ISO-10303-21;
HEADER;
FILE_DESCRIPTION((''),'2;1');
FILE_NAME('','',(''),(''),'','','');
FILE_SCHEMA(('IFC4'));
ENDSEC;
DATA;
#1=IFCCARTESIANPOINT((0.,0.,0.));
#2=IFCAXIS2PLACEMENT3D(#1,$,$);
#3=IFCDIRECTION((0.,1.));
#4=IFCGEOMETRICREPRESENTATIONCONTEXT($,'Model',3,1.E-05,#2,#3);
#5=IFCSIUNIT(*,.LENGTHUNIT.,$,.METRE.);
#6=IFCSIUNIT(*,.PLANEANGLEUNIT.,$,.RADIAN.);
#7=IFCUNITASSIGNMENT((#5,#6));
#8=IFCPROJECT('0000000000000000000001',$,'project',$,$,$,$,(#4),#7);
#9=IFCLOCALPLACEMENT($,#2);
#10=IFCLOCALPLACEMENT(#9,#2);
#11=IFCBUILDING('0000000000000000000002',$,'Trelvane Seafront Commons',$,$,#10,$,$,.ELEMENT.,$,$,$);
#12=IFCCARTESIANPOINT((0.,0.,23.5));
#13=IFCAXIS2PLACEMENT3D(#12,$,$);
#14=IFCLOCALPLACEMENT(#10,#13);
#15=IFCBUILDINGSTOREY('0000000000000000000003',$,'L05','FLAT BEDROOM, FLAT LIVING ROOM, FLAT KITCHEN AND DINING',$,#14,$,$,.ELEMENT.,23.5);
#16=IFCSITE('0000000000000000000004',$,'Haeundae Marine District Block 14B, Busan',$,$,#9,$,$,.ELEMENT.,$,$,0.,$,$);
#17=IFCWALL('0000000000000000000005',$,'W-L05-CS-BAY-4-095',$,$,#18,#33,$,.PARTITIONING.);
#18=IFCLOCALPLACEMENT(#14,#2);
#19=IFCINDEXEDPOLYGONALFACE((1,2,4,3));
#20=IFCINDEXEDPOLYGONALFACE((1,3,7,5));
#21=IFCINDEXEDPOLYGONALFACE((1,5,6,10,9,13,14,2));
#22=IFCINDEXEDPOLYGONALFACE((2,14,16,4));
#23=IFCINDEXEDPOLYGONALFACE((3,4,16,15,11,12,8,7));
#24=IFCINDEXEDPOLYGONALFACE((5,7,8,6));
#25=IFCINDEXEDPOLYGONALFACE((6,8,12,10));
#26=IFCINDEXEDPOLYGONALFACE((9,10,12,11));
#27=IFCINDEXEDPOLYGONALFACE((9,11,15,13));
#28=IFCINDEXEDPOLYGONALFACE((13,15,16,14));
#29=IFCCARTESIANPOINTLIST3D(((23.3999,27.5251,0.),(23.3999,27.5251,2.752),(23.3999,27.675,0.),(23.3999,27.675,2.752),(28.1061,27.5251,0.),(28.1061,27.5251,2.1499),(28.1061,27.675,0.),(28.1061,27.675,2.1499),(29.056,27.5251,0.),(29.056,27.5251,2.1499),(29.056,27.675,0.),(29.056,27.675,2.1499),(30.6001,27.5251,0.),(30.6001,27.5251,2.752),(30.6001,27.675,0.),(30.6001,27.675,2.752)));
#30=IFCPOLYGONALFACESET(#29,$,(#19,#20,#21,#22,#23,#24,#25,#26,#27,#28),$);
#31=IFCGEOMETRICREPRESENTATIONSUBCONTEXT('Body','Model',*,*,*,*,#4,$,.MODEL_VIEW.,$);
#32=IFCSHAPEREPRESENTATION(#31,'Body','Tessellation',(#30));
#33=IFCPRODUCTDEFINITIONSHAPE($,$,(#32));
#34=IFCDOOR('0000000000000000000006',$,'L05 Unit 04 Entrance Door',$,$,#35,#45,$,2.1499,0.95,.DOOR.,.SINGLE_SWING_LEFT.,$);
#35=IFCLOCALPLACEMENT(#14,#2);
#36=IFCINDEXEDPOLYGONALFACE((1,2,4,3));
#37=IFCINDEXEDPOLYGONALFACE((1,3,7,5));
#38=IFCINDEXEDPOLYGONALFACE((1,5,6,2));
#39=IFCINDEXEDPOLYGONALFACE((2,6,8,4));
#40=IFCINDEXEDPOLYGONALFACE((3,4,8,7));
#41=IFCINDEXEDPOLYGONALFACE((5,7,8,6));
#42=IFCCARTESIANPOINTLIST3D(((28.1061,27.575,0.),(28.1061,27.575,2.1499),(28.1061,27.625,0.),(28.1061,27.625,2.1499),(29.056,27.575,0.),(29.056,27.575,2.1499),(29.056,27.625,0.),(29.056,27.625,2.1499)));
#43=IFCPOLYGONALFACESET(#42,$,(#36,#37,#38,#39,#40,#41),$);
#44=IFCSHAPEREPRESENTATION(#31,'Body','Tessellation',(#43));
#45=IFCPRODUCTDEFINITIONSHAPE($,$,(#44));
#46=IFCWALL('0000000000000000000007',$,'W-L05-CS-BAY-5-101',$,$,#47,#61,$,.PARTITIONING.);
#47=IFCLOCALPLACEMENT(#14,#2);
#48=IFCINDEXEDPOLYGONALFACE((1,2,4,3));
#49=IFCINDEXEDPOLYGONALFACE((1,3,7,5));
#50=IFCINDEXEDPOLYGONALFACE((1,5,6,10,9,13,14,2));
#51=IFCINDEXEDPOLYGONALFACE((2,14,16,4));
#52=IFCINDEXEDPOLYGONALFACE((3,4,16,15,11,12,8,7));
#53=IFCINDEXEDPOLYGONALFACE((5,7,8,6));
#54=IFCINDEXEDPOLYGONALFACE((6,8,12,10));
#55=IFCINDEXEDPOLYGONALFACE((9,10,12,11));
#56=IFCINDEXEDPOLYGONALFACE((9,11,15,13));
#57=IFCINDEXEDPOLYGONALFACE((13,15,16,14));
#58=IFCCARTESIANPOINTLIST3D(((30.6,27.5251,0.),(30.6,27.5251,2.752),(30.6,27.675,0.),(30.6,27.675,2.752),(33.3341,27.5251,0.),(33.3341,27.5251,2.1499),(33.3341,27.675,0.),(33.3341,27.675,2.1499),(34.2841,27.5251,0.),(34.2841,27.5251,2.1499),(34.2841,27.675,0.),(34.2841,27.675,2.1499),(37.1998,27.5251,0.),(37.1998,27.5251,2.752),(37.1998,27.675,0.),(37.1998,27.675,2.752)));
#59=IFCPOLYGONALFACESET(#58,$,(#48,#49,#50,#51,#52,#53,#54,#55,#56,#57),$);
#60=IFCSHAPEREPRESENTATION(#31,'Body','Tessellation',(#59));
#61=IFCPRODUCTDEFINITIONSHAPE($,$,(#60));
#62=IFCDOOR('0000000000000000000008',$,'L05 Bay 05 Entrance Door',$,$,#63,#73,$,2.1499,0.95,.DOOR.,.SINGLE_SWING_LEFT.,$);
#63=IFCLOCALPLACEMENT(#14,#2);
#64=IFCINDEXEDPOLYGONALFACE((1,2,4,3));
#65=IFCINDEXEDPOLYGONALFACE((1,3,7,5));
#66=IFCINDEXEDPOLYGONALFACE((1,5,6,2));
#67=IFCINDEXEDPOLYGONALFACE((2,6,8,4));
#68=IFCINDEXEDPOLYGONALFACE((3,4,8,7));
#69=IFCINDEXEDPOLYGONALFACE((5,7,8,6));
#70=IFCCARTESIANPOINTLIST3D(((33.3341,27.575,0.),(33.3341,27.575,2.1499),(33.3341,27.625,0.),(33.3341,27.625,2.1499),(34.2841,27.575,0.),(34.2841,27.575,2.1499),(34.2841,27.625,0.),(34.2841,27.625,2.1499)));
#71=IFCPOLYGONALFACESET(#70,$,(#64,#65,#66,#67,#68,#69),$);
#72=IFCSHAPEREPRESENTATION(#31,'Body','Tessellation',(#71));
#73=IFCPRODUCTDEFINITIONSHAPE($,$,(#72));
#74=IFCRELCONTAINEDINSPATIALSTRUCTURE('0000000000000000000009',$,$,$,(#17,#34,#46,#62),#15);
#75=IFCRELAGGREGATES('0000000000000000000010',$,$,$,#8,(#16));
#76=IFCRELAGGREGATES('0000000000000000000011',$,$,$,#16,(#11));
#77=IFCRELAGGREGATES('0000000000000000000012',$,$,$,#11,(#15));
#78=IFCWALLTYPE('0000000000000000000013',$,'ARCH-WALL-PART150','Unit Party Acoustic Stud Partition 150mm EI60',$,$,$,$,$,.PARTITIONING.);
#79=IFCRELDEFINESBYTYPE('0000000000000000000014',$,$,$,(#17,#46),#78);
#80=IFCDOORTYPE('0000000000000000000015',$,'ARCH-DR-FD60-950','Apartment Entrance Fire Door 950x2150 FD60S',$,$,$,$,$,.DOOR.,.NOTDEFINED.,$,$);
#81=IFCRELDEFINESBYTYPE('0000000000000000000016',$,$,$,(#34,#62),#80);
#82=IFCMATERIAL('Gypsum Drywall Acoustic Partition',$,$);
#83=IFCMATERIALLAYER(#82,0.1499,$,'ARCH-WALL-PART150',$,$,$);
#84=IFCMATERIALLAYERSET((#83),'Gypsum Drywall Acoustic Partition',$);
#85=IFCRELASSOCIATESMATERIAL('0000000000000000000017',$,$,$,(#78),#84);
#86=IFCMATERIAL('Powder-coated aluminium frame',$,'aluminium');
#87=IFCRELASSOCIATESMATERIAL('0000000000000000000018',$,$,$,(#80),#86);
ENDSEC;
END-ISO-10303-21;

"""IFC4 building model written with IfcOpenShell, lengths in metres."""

from ifc_helpers import new_model, si_unit, direction, frame, frame_2d, origin, place, context, subcontext, project, spatial, rectangle, extrude, source, transform, mapped, material, layer, layer_set, type_object, element, fill, save


model = new_model("IFC4")

# Units and contexts
model_context = context("Model", 3, precision=1e-05, world=origin(), true_north=direction((0.0, 1.0)))
body_context = subcontext(model_context, "Body", "Model", "MODEL_VIEW")
ifc_project = project(units=[si_unit("LENGTHUNIT", "METRE"), si_unit("PLANEANGLEUNIT", "RADIAN")], contexts=[model_context])

# Site, building, storey
site_placement = place(None, origin())
site = spatial("IfcSite", under=ifc_project, at=site_placement, Name="Haeundae Marine District Block 14B, Busan", CompositionType="ELEMENT", RefElevation=0.0)
building_placement = place(site_placement, origin())
building = spatial("IfcBuilding", under=site, at=building_placement, Name="Trelvane Seafront Commons", CompositionType="ELEMENT")
storey_placement = place(building_placement, frame((0.0, 0.0, 23.5)))
storey = spatial("IfcBuildingStorey", under=building, at=storey_placement, Name="L05", Description="FLAT BEDROOM, FLAT LIVING ROOM, FLAT KITCHEN AND DINING", CompositionType="ELEMENT", Elevation=23.5)

# Shared definitions
ifc_material_1 = material(Name="Gypsum Drywall Acoustic Partition")
shared_shape_1 = source(origin(), body_context, "Body", "SweptSolid", [
    extrude(rectangle(XDim=0.95, YDim=2.1499, at=frame_2d((0.4751, 1.075))), frame((0.0, 0.0249, 0.0), z_axis=(0.0, -1.0, 0.0), x_axis=(1.0, 0.0, 0.0)), (0.0, 0.0, 1.0), 0.05),
])

# Walls, openings, doors
ifc_layer_1 = layer(ifc_material_1, 0.1499, Name="ARCH-WALL-PART150")
ifc_layer_set_1 = layer_set([ifc_layer_1], Name="Gypsum Drywall Acoustic Partition")
wall_type_1 = type_object("IfcWallType", Name="ARCH-WALL-PART150", Description="Unit Party Acoustic Stud Partition 150mm EI60", PredefinedType="PARTITIONING", material=ifc_layer_set_1)
ifc_material_2 = material(Name="Powder-coated aluminium frame", Category="aluminium")
door_type_1 = type_object("IfcDoorType", Name="ARCH-DR-FD60-950", Description="Apartment Entrance Fire Door 950x2150 FD60S", OperationType="NOTDEFINED", PredefinedType="DOOR", material=ifc_material_2)
wall_1_placement = place(storey_placement, frame((23.3999, 27.6001, 0.0), z_axis=(0.0, 0.0, 1.0), x_axis=(1.0, 0.0, 0.0)))
wall_1 = element("IfcWall", 1, at=wall_1_placement, inside=storey, type_object=wall_type_1, Name="W-L05-CS-BAY-4-095", PredefinedType="PARTITIONING", context=body_context, shape_type="SweptSolid", body=[
    extrude(rectangle(XDim=7.2002, YDim=0.1499, at=frame_2d((3.6001, 0.0))), origin(), (0.0, 0.0, 1.0), 2.752),
])
opening_1_placement = place(wall_1_placement, frame((4.7061, 0.0, 0.0)))
opening_1 = element("IfcOpeningElement", 2, at=opening_1_placement, cuts=wall_1, PredefinedType="OPENING", context=body_context, shape_type="SweptSolid", body=[
    extrude(rectangle(XDim=0.95, YDim=2.1499, at=frame_2d((0.4751, 1.075))), frame((0.0, 0.085, 0.0), z_axis=(0.0, -1.0, 0.0), x_axis=(1.0, 0.0, 0.0)), (0.0, 0.0, 1.0), 0.1699),
])
door_1_placement = place(opening_1_placement, origin())
door_1 = element("IfcDoor", 3, at=door_1_placement, inside=storey, type_object=door_type_1, Name="L05 Unit 04 Entrance Door", OperationType="SINGLE_SWING_LEFT", OverallHeight=2.1499, OverallWidth=0.95, PredefinedType="DOOR", context=body_context, shape_type="MappedRepresentation", body=[
    mapped(shared_shape_1, transform((0.0, 0.0, 0.0), x_axis=(1.0, 0.0, 0.0), y_axis=(0.0, 1.0, 0.0), z_axis=(0.0, 0.0, 1.0), scale=1.0)),
])
fill(opening_1, door_1)
wall_2_placement = place(storey_placement, frame((30.6001, 27.6001, 0.0), z_axis=(0.0, 0.0, 1.0), x_axis=(1.0, 0.0, 0.0)))
wall_2 = element("IfcWall", 4, at=wall_2_placement, inside=storey, type_object=wall_type_1, Name="W-L05-CS-BAY-5-101", PredefinedType="PARTITIONING", context=body_context, shape_type="SweptSolid", body=[
    extrude(rectangle(XDim=6.5999, YDim=0.1499, at=frame_2d((3.2998, 0.0))), origin(), (0.0, 0.0, 1.0), 2.752),
])
opening_2_placement = place(wall_2_placement, frame((2.7339, 0.0, 0.0)))
opening_2 = element("IfcOpeningElement", 5, at=opening_2_placement, cuts=wall_2, PredefinedType="OPENING", context=body_context, shape_type="SweptSolid", body=[
    extrude(rectangle(XDim=0.95, YDim=2.1499, at=frame_2d((0.4751, 1.075))), frame((0.0, 0.085, 0.0), z_axis=(0.0, -1.0, 0.0), x_axis=(1.0, 0.0, 0.0)), (0.0, 0.0, 1.0), 0.1699),
])
door_2_placement = place(opening_2_placement, origin())
door_2 = element("IfcDoor", 6, at=door_2_placement, inside=storey, type_object=door_type_1, Name="L05 Bay 05 Entrance Door", OperationType="SINGLE_SWING_LEFT", OverallHeight=2.1499, OverallWidth=0.95, PredefinedType="DOOR", context=body_context, shape_type="MappedRepresentation", body=[
    mapped(shared_shape_1, transform((0.0, 0.0, 0.0), x_axis=(1.0, 0.0, 0.0), y_axis=(0.0, 1.0, 0.0), z_axis=(0.0, 0.0, 1.0), scale=1.0)),
])
fill(opening_2, door_2)

save(model, "model.ifc")
